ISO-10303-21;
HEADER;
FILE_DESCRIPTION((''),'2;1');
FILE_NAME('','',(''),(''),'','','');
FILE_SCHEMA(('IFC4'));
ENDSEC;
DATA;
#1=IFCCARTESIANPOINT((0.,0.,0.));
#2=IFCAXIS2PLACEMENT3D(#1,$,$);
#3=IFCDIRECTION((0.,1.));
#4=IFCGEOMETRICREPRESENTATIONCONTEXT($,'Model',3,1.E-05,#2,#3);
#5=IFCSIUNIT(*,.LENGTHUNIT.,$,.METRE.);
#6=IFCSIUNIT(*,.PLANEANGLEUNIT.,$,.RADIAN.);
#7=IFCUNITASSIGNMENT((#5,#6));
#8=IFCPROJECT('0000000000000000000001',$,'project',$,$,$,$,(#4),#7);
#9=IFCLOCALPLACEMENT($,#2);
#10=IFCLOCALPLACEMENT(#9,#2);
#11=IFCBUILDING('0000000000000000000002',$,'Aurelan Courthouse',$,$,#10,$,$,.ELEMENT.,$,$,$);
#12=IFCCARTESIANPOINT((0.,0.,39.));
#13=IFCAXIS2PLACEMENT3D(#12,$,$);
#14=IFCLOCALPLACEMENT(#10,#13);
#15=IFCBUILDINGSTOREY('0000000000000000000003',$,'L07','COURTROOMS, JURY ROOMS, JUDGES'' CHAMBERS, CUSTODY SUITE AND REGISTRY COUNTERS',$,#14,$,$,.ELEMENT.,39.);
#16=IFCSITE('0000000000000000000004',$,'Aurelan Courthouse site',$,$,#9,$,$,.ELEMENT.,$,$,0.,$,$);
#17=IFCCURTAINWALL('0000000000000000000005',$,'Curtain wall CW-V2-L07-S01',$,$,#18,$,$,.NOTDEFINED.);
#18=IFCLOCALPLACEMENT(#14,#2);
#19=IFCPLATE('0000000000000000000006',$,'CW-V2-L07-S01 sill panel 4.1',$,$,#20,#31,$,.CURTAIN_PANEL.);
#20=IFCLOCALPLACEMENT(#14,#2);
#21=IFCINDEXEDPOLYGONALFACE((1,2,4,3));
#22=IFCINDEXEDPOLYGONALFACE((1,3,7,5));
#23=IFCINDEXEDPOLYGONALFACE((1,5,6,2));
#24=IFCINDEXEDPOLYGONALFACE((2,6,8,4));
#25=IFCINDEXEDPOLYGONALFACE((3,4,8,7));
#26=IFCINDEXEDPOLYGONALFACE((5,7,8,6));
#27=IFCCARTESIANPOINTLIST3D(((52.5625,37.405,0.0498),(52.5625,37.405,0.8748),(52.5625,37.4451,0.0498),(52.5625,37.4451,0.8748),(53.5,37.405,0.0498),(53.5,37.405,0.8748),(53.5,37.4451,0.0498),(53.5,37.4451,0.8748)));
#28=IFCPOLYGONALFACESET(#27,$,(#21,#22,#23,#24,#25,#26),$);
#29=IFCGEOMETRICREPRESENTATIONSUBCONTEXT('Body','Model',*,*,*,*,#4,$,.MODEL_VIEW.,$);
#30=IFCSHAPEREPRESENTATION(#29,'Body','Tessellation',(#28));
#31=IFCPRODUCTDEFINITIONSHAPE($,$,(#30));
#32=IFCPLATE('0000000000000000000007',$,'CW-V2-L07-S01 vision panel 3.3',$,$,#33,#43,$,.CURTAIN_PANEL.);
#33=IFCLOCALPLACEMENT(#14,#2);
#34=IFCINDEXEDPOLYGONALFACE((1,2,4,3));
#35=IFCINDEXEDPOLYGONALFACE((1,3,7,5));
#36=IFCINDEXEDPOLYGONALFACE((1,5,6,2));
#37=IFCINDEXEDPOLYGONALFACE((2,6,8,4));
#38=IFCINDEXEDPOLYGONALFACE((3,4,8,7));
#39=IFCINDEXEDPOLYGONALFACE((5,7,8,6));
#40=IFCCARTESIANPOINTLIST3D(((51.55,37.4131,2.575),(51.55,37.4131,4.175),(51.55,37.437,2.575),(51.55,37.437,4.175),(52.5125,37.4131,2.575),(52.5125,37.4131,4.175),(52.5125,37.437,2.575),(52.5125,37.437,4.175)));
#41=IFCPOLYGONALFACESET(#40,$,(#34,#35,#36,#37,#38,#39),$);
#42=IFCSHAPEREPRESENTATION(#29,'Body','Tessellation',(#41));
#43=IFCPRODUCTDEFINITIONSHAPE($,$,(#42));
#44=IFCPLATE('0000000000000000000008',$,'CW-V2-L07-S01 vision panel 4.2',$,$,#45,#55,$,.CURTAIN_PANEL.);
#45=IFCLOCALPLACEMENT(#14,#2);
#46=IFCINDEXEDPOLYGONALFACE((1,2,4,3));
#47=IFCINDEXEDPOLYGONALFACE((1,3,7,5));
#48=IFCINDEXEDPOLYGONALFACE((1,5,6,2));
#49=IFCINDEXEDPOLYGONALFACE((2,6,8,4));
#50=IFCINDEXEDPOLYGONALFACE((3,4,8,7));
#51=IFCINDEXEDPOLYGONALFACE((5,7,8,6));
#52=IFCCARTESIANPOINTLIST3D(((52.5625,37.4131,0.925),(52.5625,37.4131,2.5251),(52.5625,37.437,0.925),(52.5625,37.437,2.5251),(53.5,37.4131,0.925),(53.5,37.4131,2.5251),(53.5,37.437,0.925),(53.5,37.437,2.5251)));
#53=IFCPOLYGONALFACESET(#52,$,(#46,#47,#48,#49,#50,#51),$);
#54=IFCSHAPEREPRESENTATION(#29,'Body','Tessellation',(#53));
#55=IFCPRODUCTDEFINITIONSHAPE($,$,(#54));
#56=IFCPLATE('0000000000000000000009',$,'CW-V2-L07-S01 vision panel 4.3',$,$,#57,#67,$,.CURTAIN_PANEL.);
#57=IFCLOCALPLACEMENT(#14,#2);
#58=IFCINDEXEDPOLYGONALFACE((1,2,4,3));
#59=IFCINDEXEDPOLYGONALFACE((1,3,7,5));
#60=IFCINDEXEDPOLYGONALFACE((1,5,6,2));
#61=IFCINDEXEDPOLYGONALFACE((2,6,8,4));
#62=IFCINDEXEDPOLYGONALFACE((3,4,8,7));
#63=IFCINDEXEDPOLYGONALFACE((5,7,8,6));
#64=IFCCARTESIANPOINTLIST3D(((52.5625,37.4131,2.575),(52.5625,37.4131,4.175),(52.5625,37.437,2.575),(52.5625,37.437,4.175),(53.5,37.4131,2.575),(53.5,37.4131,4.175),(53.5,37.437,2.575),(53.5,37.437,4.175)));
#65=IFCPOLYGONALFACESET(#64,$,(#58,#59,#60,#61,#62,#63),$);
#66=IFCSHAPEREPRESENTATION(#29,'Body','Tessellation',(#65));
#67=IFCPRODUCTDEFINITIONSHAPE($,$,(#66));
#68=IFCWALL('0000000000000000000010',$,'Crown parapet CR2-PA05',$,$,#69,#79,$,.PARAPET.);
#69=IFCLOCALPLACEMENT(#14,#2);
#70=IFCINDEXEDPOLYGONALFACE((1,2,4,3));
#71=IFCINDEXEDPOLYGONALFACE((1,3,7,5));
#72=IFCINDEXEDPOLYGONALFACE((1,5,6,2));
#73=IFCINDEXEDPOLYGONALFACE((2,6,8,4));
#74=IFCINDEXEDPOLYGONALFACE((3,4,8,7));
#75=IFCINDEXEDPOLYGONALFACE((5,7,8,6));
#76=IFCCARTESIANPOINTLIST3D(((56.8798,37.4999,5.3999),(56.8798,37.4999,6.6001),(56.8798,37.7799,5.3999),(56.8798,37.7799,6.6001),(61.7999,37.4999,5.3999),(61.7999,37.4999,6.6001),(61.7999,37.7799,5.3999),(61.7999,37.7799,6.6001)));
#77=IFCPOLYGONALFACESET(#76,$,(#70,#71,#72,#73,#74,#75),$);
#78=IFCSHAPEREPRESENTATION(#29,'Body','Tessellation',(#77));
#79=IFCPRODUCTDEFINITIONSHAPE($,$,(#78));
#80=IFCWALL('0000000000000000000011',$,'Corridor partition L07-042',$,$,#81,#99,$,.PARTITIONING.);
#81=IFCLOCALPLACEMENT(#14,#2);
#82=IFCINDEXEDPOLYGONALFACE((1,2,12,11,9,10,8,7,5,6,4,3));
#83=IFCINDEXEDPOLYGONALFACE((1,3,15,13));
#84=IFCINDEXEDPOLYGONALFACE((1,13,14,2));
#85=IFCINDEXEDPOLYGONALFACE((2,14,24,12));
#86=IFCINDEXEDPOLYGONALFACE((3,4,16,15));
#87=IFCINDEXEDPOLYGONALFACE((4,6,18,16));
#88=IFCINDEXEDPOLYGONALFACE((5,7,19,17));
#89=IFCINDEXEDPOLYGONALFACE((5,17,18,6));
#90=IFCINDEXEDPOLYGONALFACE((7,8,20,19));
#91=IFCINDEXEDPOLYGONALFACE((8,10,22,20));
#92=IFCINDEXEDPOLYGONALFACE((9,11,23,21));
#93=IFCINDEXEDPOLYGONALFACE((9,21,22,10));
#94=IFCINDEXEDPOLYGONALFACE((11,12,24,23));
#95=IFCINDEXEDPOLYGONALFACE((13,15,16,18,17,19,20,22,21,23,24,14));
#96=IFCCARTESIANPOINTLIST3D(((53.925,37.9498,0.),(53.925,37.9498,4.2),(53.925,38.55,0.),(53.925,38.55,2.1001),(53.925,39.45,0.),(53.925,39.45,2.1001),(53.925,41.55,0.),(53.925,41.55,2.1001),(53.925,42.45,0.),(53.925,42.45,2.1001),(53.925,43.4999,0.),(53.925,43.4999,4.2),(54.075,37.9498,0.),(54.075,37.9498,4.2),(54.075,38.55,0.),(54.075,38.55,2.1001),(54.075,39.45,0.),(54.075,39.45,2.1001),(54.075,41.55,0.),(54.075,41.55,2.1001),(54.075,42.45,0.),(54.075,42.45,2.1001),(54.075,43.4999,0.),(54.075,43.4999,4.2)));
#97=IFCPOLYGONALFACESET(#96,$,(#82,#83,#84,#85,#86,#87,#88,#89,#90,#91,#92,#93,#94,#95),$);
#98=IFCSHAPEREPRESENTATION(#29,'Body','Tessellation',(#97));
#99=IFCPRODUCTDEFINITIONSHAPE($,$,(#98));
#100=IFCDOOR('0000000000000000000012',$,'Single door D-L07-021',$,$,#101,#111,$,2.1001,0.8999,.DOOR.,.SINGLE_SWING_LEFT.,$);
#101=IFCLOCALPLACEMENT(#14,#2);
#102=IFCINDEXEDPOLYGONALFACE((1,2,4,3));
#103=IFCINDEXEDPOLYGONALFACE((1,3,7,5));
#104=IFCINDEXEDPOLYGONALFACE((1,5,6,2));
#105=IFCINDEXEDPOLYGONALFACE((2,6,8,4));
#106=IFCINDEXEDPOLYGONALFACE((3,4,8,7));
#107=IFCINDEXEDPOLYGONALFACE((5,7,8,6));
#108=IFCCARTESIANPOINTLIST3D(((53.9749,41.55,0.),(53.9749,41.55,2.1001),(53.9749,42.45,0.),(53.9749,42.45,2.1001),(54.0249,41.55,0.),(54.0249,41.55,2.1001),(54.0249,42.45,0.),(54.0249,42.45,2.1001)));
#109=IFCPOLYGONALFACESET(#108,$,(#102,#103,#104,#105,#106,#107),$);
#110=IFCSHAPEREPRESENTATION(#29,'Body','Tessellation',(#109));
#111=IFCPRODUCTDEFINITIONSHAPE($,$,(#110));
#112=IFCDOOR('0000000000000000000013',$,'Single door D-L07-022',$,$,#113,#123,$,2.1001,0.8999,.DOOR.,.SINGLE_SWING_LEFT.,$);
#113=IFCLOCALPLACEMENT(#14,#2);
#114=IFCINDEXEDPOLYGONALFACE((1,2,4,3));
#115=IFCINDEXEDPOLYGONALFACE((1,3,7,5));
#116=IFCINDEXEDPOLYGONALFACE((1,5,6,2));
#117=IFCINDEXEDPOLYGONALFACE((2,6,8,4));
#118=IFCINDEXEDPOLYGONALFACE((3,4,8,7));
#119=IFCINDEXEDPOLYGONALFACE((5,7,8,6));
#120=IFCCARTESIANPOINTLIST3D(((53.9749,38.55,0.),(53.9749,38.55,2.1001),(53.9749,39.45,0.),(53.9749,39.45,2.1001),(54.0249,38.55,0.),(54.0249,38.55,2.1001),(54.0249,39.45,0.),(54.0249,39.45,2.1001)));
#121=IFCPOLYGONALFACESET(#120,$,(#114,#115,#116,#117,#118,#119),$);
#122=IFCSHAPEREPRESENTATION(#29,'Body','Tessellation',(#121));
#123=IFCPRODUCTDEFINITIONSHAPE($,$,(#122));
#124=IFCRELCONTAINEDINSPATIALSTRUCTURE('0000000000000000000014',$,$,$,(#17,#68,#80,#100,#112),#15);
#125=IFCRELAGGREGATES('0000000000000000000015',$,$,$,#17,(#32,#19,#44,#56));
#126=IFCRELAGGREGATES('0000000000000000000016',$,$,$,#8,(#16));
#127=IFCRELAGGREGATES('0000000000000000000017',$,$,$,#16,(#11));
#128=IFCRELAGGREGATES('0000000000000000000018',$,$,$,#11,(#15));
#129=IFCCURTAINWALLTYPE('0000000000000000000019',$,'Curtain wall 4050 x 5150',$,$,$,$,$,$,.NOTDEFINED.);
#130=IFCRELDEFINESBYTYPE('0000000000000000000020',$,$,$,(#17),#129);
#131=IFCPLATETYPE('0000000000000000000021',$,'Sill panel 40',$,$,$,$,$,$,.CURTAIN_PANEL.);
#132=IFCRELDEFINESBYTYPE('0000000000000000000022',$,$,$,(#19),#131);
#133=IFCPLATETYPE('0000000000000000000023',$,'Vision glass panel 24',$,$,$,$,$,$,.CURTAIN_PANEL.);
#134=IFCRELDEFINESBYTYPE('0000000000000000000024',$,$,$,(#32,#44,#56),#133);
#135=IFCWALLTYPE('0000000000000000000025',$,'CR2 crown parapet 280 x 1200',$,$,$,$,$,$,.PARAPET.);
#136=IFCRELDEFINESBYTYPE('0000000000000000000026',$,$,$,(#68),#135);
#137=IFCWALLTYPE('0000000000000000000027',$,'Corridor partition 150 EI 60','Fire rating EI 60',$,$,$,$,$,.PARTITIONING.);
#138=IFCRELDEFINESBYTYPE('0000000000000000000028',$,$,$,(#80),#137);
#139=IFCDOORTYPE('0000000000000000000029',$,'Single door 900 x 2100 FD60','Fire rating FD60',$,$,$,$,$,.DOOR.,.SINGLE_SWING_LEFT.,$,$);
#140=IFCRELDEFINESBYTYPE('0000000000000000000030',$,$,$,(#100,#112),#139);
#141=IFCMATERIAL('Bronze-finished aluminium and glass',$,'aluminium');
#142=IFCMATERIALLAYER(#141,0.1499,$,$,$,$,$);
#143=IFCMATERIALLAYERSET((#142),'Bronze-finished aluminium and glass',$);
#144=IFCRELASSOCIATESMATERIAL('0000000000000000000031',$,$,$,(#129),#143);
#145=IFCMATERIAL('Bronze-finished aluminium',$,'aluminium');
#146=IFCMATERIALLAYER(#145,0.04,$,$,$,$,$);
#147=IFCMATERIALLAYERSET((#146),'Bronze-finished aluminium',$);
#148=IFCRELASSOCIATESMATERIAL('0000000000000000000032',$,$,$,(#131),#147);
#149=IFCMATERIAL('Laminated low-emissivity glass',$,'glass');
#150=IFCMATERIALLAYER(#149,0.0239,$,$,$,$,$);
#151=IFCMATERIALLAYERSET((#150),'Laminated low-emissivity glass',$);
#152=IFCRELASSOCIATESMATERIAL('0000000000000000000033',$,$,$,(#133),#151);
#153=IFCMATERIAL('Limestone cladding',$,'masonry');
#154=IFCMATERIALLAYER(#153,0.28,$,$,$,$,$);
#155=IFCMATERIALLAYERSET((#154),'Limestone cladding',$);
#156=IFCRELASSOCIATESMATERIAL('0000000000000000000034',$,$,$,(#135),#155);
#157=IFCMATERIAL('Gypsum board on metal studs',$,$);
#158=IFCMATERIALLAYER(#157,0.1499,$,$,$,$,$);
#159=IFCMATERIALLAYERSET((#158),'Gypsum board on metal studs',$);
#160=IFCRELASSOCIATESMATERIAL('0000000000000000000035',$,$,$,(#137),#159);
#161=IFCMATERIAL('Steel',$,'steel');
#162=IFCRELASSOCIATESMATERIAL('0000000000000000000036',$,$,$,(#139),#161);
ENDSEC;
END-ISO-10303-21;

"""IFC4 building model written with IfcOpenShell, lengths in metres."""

from ifc_helpers import new_model, si_unit, direction, frame, frame_2d, origin, origin_2d, place, context, subcontext, project, spatial, rectangle, extrude, material, layer, layer_set, type_object, element, fill, aggregate, save


model = new_model("IFC4")

# Units and contexts
model_context = context("Model", 3, precision=1e-05, world=origin(), true_north=direction((0.0, 1.0)))
body_context = subcontext(model_context, "Body", "Model", "MODEL_VIEW")
ifc_project = project(units=[si_unit("LENGTHUNIT", "METRE"), si_unit("PLANEANGLEUNIT", "RADIAN")], contexts=[model_context])

# Site, building, storey
site_placement = place(None, origin())
site = spatial("IfcSite", under=ifc_project, at=site_placement, Name="Aurelan Courthouse site", CompositionType="ELEMENT", RefElevation=0.0)
building_placement = place(site_placement, origin())
building = spatial("IfcBuilding", under=site, at=building_placement, Name="Aurelan Courthouse", CompositionType="ELEMENT")
storey_placement = place(building_placement, frame((0.0, 0.0, 39.0)))
storey = spatial("IfcBuildingStorey", under=building, at=storey_placement, Name="L07", Description="COURTROOMS, JURY ROOMS, JUDGES' CHAMBERS, CUSTODY SUITE AND REGISTRY COUNTERS", CompositionType="ELEMENT", Elevation=39.0)

# Curtain wall
ifc_material_1 = material(Name="Bronze-finished aluminium and glass", Category="aluminium")
ifc_layer_1 = layer(ifc_material_1, 0.1499)
ifc_layer_set_1 = layer_set([ifc_layer_1], Name="Bronze-finished aluminium and glass")
curtain_wall_type = type_object("IfcCurtainWallType", Name="Curtain wall 4050 x 5150", PredefinedType="NOTDEFINED", material=ifc_layer_set_1)
curtain_wall_placement = place(storey_placement, origin())
curtain_wall = element("IfcCurtainWall", 1, at=curtain_wall_placement, inside=storey, type_object=curtain_wall_type, Name="Curtain wall CW-V2-L07-S01", PredefinedType="NOTDEFINED")
ifc_material_2 = material(Name="Bronze-finished aluminium", Category="aluminium")

# Plates
ifc_layer_2 = layer(ifc_material_2, 0.04)
ifc_layer_set_2 = layer_set([ifc_layer_2], Name="Bronze-finished aluminium")
plate_type_1 = type_object("IfcPlateType", Name="Sill panel 40", PredefinedType="CURTAIN_PANEL", material=ifc_layer_set_2)
plate_1_placement = place(storey_placement, frame((53.0312, 37.425, 0.0498), z_axis=(0.0, 0.0, 1.0), x_axis=(1.0, 0.0, 0.0)))
plate_1 = element("IfcPlate", 2, at=plate_1_placement, type_object=plate_type_1, Name="CW-V2-L07-S01 sill panel 4.1", PredefinedType="CURTAIN_PANEL", context=body_context, shape_type="SweptSolid", body=[
    extrude(rectangle(XDim=0.9375, YDim=0.04, at=origin_2d()), origin(), (0.0, 0.0, 1.0), 0.825),
])
ifc_material_3 = material(Name="Laminated low-emissivity glass", Category="glass")
ifc_layer_3 = layer(ifc_material_3, 0.0239)
ifc_layer_set_3 = layer_set([ifc_layer_3], Name="Laminated low-emissivity glass")
plate_type_2 = type_object("IfcPlateType", Name="Vision glass panel 24", PredefinedType="CURTAIN_PANEL", material=ifc_layer_set_3)
plate_2_placement = place(storey_placement, frame((52.0312, 37.425, 2.575), z_axis=(0.0, 0.0, 1.0), x_axis=(1.0, 0.0, 0.0)))
plate_2 = element("IfcPlate", 3, at=plate_2_placement, type_object=plate_type_2, Name="CW-V2-L07-S01 vision panel 3.3", PredefinedType="CURTAIN_PANEL", context=body_context, shape_type="SweptSolid", body=[
    extrude(rectangle(XDim=0.9624, YDim=0.0239, at=origin_2d()), origin(), (0.0, 0.0, 1.0), 1.6001),
])
plate_3_placement = place(storey_placement, frame((53.0312, 37.425, 0.925), z_axis=(0.0, 0.0, 1.0), x_axis=(1.0, 0.0, 0.0)))
plate_3 = element("IfcPlate", 4, at=plate_3_placement, type_object=plate_type_2, Name="CW-V2-L07-S01 vision panel 4.2", PredefinedType="CURTAIN_PANEL", context=body_context, shape_type="SweptSolid", body=[
    extrude(rectangle(XDim=0.9375, YDim=0.0239, at=origin_2d()), origin(), (0.0, 0.0, 1.0), 1.6001),
])
plate_4_placement = place(storey_placement, frame((53.0312, 37.425, 2.575), z_axis=(0.0, 0.0, 1.0), x_axis=(1.0, 0.0, 0.0)))
plate_4 = element("IfcPlate", 5, at=plate_4_placement, type_object=plate_type_2, Name="CW-V2-L07-S01 vision panel 4.3", PredefinedType="CURTAIN_PANEL", context=body_context, shape_type="SweptSolid", body=[
    extrude(rectangle(XDim=0.9375, YDim=0.0239, at=origin_2d()), origin(), (0.0, 0.0, 1.0), 1.6001),
])
aggregate(curtain_wall, [plate_2, plate_1, plate_3, plate_4])

# Wall
ifc_material_4 = material(Name="Limestone cladding", Category="masonry")
ifc_layer_4 = layer(ifc_material_4, 0.28)
ifc_layer_set_4 = layer_set([ifc_layer_4], Name="Limestone cladding")
wall_type_1 = type_object("IfcWallType", Name="CR2 crown parapet 280 x 1200", PredefinedType="PARAPET", material=ifc_layer_set_4)
wall_1_placement = place(storey_placement, frame((56.8799, 37.6399, 5.3999), z_axis=(0.0, 0.0, 1.0), x_axis=(1.0, 0.0, 0.0)))
element("IfcWall", 6, at=wall_1_placement, inside=storey, type_object=wall_type_1, Name="Crown parapet CR2-PA05", PredefinedType="PARAPET", context=body_context, shape_type="SweptSolid", body=[
    extrude(rectangle(XDim=4.9202, YDim=0.28, at=frame_2d((2.46, 0.0))), origin(), (0.0, 0.0, 1.0), 1.2002),
])

# Wall, openings, doors
ifc_material_5 = material(Name="Gypsum board on metal studs")
ifc_layer_5 = layer(ifc_material_5, 0.1499)
ifc_layer_set_5 = layer_set([ifc_layer_5], Name="Gypsum board on metal studs")
wall_type_2 = type_object("IfcWallType", Name="Corridor partition 150 EI 60", Description="Fire rating EI 60", PredefinedType="PARTITIONING", material=ifc_layer_set_5)
wall_2_placement = place(storey_placement, frame((54.0, 37.95, 0.0), z_axis=(0.0, 0.0, 1.0), x_axis=(0.0, 1.0, 0.0)))
wall_2 = element("IfcWall", 7, at=wall_2_placement, inside=storey, type_object=wall_type_2, Name="Corridor partition L07-042", PredefinedType="PARTITIONING", context=body_context, shape_type="SweptSolid", body=[
    extrude(rectangle(XDim=5.55, YDim=0.1499, at=frame_2d((2.7749, 0.0))), origin(), (0.0, 0.0, 1.0), 4.2),
])
opening_1_placement = place(wall_2_placement, frame((4.5, 0.0, 0.0), z_axis=(0.0, 0.0, 1.0), x_axis=(-1.0, 0.0, 0.0)))
opening_1 = element("IfcOpeningElement", 8, at=opening_1_placement, cuts=wall_2, PredefinedType="OPENING", context=body_context, shape_type="SweptSolid", body=[
    extrude(rectangle(XDim=0.8999, YDim=2.1001, at=frame_2d((0.45, 1.05))), frame((0.0, 0.085, 0.0), z_axis=(0.0, -1.0, 0.0), x_axis=(1.0, 0.0, 0.0)), (0.0, 0.0, 1.0), 0.1699),
])
opening_2_placement = place(wall_2_placement, frame((1.5, 0.0, 0.0), z_axis=(0.0, 0.0, 1.0), x_axis=(-1.0, 0.0, 0.0)))
opening_2 = element("IfcOpeningElement", 9, at=opening_2_placement, cuts=wall_2, PredefinedType="OPENING", context=body_context, shape_type="SweptSolid", body=[
    extrude(rectangle(XDim=0.8999, YDim=2.1001, at=frame_2d((0.45, 1.05))), frame((0.0, 0.085, 0.0), z_axis=(0.0, -1.0, 0.0), x_axis=(1.0, 0.0, 0.0)), (0.0, 0.0, 1.0), 0.1699),
])
ifc_material_6 = material(Name="Steel", Category="steel")
door_type = type_object("IfcDoorType", Name="Single door 900 x 2100 FD60", Description="Fire rating FD60", OperationType="SINGLE_SWING_LEFT", PredefinedType="DOOR", material=ifc_material_6)
door_1_placement = place(opening_1_placement, origin())
door_1 = element("IfcDoor", 10, at=door_1_placement, inside=storey, type_object=door_type, Name="Single door D-L07-021", OperationType="SINGLE_SWING_LEFT", OverallHeight=2.1001, OverallWidth=0.8999, PredefinedType="DOOR", context=body_context, shape_type="SweptSolid", body=[
    extrude(rectangle(XDim=0.8999, YDim=2.1001, at=frame_2d((0.45, 1.05))), frame((0.0, 0.0249, 0.0), z_axis=(0.0, -1.0, 0.0), x_axis=(1.0, 0.0, 0.0)), (0.0, 0.0, 1.0), 0.05),
])
fill(opening_1, door_1)
door_2_placement = place(opening_2_placement, origin())
door_2 = element("IfcDoor", 11, at=door_2_placement, inside=storey, type_object=door_type, Name="Single door D-L07-022", OperationType="SINGLE_SWING_LEFT", OverallHeight=2.1001, OverallWidth=0.8999, PredefinedType="DOOR", context=body_context, shape_type="SweptSolid", body=[
    extrude(rectangle(XDim=0.8999, YDim=2.1001, at=frame_2d((0.45, 1.05))), frame((0.0, 0.0249, 0.0), z_axis=(0.0, -1.0, 0.0), x_axis=(1.0, 0.0, 0.0)), (0.0, 0.0, 1.0), 0.05),
])
fill(opening_2, door_2)

save(model, "model.ifc")
